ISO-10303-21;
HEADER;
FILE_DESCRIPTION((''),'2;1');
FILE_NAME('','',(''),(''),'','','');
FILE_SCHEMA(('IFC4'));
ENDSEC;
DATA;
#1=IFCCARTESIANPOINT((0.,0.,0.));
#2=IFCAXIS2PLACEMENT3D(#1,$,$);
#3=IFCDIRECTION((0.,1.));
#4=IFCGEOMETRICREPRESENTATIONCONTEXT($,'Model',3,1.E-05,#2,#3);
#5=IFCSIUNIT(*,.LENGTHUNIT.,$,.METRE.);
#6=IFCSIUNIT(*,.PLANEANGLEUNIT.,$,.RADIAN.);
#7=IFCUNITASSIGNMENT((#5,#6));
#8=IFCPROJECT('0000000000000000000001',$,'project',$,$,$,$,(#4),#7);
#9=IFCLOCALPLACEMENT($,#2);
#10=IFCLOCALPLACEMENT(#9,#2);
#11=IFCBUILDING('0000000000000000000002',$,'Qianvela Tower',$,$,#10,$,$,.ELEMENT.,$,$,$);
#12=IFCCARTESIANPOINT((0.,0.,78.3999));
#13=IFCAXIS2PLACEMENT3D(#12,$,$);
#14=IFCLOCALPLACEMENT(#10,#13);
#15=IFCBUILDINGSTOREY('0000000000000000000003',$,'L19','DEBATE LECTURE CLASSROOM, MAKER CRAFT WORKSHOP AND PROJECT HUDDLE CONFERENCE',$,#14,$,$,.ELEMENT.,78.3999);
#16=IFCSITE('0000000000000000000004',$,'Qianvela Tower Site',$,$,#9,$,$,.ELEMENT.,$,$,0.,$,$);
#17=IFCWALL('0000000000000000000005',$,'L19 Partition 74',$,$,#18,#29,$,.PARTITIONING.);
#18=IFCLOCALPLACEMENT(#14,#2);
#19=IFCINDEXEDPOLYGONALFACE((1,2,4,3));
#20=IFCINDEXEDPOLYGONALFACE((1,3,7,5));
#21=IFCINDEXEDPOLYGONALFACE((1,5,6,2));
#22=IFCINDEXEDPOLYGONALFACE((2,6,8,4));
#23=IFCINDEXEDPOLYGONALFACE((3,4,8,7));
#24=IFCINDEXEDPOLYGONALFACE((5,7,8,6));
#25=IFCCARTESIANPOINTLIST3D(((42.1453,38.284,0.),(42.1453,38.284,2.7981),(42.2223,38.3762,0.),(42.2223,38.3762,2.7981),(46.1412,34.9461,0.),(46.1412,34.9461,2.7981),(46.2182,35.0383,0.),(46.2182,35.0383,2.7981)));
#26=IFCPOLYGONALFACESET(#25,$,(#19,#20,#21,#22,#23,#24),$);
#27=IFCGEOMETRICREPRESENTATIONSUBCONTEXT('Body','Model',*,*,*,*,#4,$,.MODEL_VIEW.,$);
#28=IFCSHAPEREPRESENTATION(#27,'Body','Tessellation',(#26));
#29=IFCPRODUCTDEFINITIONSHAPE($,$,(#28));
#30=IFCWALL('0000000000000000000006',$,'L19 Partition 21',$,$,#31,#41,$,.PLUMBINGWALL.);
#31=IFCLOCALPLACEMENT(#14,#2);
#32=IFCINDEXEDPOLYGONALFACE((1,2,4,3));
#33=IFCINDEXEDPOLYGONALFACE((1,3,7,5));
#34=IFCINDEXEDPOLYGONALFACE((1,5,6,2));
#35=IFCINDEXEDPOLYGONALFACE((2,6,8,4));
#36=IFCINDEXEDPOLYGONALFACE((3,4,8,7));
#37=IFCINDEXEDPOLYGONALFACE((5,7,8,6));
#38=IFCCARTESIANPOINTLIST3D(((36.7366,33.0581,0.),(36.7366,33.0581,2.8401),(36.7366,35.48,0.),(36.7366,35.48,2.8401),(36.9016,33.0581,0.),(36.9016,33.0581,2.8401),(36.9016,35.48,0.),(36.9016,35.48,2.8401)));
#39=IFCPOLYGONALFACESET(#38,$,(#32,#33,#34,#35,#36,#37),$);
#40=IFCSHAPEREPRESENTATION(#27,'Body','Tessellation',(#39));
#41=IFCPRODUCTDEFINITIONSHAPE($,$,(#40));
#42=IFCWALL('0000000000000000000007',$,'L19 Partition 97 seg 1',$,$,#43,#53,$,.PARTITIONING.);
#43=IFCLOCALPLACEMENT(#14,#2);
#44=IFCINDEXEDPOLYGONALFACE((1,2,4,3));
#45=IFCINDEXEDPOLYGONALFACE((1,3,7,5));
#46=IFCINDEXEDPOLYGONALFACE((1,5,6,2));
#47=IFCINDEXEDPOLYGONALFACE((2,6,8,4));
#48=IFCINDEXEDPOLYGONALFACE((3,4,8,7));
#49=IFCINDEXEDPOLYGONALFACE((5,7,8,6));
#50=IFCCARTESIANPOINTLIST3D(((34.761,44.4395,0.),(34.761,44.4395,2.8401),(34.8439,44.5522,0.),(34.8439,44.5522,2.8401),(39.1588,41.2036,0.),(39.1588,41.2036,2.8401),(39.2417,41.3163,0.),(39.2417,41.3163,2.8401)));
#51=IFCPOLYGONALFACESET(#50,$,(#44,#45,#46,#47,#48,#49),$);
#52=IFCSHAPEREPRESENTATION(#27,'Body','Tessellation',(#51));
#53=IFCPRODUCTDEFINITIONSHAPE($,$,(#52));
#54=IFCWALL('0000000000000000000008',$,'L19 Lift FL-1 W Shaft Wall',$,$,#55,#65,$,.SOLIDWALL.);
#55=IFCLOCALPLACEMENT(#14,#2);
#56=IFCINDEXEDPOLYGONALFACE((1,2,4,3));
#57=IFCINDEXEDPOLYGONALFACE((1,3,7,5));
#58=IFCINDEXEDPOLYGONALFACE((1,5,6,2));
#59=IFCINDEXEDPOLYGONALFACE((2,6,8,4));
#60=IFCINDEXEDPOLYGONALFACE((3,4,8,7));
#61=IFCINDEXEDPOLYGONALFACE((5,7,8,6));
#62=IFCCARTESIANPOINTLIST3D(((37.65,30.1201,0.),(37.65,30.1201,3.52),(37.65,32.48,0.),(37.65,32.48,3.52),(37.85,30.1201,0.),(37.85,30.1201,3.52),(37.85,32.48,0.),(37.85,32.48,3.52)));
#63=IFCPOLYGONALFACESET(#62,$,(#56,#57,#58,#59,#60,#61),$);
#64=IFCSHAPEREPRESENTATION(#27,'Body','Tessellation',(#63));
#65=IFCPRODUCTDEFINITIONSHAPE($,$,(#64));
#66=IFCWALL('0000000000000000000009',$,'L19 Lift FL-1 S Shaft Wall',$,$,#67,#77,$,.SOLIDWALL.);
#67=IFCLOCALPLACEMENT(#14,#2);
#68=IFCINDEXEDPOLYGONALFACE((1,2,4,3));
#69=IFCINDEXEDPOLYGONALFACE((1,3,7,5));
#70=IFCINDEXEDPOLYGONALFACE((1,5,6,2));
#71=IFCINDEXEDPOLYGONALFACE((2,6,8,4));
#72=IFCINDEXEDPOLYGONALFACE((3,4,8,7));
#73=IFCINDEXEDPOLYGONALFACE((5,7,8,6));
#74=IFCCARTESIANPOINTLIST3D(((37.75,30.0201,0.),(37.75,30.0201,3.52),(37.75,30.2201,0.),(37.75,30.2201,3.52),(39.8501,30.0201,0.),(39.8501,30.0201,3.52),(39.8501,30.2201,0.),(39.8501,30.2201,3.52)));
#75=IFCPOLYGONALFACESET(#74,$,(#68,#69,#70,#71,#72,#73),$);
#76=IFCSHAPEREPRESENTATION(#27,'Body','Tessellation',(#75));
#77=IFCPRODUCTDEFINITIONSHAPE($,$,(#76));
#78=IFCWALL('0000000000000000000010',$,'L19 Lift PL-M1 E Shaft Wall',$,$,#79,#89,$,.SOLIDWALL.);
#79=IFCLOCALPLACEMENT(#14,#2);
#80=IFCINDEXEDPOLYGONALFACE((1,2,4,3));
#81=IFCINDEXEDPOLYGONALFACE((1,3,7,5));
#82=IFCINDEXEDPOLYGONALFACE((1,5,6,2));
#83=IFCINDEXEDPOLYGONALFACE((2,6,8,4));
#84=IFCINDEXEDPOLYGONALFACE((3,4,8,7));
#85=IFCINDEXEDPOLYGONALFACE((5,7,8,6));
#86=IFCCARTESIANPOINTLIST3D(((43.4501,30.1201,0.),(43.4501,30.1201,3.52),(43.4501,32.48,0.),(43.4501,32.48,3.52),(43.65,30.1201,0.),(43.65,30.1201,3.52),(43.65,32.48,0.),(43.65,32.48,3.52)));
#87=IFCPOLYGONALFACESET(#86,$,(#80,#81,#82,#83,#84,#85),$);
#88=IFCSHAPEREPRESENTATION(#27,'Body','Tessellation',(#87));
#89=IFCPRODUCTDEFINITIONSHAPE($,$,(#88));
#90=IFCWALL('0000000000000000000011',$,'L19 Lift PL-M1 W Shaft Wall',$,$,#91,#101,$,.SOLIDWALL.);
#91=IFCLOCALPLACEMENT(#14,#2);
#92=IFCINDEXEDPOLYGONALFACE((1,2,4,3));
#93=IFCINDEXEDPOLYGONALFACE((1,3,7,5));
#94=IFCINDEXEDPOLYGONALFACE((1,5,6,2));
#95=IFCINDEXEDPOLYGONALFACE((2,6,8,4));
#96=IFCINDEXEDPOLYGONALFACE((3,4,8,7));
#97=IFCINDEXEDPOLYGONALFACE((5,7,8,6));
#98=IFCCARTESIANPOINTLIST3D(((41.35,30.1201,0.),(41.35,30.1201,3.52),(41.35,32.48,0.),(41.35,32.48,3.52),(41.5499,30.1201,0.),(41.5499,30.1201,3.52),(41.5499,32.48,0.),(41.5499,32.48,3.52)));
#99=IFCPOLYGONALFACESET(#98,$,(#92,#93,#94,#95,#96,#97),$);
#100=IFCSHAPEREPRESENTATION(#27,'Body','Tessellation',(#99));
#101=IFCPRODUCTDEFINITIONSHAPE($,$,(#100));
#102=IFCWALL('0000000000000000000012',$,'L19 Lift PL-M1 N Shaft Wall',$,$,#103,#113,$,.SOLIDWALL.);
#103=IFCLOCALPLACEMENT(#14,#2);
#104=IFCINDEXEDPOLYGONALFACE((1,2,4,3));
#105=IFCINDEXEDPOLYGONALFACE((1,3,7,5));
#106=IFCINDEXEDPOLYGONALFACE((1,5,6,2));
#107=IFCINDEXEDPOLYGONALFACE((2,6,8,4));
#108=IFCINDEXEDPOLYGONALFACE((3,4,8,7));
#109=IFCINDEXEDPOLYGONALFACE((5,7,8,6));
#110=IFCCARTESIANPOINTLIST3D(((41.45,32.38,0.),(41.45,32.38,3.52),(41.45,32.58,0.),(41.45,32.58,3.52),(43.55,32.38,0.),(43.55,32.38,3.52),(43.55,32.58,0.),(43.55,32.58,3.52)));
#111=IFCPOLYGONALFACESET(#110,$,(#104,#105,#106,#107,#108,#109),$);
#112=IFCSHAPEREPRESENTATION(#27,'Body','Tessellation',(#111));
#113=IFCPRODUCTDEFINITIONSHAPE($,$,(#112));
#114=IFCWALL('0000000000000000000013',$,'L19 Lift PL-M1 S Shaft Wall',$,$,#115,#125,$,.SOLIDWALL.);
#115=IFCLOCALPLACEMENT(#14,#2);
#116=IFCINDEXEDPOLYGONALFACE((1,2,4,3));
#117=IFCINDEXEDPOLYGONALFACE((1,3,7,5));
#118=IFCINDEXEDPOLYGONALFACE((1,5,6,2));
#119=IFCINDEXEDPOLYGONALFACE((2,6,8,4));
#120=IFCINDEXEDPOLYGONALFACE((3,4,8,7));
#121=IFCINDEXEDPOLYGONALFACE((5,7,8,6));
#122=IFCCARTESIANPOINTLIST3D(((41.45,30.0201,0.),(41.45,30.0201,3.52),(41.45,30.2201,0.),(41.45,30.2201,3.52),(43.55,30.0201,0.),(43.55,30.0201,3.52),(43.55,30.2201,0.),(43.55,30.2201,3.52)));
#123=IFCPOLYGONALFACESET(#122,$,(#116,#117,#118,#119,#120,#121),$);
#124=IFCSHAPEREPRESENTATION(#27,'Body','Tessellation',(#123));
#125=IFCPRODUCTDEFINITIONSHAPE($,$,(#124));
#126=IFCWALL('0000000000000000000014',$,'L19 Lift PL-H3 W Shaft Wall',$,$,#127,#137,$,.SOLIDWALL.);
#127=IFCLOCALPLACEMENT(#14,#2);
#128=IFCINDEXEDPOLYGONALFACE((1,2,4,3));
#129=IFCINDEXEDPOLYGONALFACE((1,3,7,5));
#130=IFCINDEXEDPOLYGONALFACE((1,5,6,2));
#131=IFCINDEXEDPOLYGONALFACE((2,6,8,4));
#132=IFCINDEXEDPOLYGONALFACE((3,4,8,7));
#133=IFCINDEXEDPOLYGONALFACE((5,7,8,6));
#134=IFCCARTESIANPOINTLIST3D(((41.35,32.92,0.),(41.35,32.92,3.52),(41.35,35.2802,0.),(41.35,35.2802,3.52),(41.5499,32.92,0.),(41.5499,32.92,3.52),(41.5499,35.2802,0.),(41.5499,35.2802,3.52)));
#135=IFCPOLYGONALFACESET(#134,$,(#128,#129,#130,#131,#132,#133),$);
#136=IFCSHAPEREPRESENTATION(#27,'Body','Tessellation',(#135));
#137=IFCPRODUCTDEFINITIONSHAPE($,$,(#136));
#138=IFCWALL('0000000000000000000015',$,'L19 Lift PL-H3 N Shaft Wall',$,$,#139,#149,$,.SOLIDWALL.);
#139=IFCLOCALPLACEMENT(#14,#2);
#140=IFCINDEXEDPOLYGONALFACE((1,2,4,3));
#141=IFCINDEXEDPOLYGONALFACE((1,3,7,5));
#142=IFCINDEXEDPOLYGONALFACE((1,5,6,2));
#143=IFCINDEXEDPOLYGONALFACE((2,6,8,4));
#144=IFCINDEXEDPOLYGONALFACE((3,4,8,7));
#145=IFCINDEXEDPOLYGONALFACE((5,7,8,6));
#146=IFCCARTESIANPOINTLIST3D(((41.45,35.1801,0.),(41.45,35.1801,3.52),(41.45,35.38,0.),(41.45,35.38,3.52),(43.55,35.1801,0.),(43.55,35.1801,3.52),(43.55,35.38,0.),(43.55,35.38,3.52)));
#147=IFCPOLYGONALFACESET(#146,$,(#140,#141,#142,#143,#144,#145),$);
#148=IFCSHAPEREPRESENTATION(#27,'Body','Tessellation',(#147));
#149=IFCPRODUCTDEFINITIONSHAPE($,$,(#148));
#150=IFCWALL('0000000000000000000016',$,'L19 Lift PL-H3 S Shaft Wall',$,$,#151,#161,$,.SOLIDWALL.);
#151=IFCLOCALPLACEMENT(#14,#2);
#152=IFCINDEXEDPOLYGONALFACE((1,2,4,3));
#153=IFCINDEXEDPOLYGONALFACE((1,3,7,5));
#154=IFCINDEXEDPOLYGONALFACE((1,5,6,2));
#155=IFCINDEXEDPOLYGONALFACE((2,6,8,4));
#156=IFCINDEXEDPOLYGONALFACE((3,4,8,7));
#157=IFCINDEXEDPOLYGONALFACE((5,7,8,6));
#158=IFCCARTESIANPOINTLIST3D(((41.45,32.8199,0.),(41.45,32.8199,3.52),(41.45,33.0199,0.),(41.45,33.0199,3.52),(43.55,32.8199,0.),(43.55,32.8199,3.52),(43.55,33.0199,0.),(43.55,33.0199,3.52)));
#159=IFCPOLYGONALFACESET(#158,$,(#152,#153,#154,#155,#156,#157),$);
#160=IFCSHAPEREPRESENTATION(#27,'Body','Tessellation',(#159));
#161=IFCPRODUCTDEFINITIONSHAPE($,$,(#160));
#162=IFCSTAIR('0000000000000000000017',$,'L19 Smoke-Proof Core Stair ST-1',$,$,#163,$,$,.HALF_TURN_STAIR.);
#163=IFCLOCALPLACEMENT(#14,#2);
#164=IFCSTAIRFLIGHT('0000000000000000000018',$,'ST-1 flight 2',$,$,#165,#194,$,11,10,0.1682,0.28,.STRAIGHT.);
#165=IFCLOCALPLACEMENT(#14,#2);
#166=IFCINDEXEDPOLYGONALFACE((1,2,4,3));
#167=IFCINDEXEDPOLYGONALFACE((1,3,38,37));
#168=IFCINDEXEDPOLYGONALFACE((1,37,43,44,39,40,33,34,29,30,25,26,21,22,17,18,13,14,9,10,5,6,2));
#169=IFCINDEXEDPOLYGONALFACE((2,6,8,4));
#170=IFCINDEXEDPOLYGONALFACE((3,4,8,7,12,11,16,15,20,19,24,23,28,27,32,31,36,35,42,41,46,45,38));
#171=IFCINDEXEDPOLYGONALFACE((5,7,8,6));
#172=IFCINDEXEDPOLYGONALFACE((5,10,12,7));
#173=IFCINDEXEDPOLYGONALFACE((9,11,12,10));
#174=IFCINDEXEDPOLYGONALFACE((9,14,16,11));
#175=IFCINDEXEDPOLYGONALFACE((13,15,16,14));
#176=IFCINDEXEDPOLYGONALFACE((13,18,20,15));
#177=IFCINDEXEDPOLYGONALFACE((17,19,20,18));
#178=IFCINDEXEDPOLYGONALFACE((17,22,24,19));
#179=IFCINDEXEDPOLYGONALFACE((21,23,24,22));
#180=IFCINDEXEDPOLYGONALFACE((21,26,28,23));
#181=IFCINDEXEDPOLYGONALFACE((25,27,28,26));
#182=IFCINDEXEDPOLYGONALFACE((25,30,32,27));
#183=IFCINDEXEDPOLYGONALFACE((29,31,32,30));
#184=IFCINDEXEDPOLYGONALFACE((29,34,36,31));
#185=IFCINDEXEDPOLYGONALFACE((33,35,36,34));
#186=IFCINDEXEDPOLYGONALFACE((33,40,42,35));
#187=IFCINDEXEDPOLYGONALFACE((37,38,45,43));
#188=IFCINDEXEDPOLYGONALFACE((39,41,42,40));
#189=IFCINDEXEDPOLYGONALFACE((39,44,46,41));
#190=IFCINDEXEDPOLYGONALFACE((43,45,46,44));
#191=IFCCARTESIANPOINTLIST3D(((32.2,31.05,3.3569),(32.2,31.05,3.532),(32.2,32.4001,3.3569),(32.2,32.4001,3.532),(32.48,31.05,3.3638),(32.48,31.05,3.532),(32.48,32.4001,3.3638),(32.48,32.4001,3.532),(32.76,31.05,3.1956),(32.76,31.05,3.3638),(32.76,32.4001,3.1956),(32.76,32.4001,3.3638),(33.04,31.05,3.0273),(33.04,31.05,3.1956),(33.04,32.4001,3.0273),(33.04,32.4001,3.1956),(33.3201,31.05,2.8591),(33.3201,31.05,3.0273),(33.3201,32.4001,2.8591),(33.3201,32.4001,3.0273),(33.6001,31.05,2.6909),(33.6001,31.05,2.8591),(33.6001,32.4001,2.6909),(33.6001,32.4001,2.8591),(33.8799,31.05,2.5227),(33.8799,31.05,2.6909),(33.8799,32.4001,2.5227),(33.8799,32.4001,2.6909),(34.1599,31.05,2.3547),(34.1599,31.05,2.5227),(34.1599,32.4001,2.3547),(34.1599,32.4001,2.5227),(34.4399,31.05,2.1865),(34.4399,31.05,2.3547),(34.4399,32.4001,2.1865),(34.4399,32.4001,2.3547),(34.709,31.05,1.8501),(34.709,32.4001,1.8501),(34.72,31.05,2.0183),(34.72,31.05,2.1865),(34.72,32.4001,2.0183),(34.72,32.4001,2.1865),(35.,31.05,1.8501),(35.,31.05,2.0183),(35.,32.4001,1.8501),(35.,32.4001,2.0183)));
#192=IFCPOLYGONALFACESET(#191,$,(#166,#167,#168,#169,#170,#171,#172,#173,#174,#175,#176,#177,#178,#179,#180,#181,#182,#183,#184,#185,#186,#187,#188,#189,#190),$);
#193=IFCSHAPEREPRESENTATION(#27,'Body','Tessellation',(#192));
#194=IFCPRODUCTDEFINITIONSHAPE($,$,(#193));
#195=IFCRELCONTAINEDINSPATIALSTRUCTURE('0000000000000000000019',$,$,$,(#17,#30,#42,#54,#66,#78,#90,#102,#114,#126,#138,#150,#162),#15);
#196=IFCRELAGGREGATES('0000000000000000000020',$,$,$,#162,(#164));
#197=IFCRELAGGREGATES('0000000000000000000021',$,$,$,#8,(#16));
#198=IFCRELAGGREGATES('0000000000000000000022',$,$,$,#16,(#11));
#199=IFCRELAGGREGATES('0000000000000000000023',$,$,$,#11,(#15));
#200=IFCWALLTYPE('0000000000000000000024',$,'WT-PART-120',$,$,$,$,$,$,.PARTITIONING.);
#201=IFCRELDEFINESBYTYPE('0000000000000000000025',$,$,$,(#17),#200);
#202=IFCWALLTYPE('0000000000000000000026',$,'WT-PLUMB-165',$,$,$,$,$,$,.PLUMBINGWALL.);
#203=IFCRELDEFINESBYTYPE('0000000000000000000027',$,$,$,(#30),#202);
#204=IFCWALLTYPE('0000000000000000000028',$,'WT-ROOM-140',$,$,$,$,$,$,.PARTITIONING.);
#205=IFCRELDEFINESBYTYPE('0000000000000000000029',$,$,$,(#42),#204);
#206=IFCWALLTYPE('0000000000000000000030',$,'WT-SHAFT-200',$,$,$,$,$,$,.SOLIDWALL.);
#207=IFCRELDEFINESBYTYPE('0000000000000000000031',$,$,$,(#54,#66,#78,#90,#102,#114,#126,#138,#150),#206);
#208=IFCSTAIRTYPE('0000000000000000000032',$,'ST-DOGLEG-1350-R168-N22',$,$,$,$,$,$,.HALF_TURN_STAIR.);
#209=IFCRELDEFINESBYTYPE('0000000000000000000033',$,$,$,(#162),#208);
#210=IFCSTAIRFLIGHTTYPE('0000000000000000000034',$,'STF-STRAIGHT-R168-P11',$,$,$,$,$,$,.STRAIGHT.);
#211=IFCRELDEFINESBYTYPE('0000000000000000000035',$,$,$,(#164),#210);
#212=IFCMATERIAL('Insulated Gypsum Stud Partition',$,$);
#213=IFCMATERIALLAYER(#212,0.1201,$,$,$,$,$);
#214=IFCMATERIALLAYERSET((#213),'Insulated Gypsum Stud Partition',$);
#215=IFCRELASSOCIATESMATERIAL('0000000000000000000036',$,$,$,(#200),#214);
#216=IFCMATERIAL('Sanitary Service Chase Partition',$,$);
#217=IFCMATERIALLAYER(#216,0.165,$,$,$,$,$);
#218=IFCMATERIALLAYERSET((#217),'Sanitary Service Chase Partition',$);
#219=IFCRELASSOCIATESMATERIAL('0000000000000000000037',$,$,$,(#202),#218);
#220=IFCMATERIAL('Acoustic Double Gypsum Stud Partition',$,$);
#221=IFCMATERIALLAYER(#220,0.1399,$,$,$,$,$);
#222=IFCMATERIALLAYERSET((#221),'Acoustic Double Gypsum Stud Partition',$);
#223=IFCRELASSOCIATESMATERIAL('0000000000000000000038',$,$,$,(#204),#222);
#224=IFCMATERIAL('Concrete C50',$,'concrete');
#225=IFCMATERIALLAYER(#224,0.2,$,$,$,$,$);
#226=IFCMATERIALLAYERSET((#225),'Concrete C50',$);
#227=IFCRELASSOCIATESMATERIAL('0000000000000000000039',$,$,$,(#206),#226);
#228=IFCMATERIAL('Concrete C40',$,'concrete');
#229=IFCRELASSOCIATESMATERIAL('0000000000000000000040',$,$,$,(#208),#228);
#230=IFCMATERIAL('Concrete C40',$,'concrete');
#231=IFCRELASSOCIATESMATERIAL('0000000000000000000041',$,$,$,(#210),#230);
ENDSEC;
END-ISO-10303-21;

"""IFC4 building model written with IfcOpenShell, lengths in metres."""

from ifc_helpers import new_model, si_unit, direction, frame, frame_2d, origin, place, context, subcontext, project, spatial, polyline, rectangle, outline, extrude, material, layer, layer_set, type_object, element, aggregate, save


model = new_model("IFC4")

# Units and contexts
model_context = context("Model", 3, precision=1e-05, world=origin(), true_north=direction((0.0, 1.0)))
body_context = subcontext(model_context, "Body", "Model", "MODEL_VIEW")
ifc_project = project(units=[si_unit("LENGTHUNIT", "METRE"), si_unit("PLANEANGLEUNIT", "RADIAN")], contexts=[model_context])

# Site, building, storey
site_placement = place(None, origin())
site = spatial("IfcSite", under=ifc_project, at=site_placement, Name="Qianvela Tower Site", CompositionType="ELEMENT", RefElevation=0.0)
building_placement = place(site_placement, origin())
building = spatial("IfcBuilding", under=site, at=building_placement, Name="Qianvela Tower", CompositionType="ELEMENT")
storey_placement = place(building_placement, frame((0.0, 0.0, 78.3999)))
storey = spatial("IfcBuildingStorey", under=building, at=storey_placement, Name="L19", Description="DEBATE LECTURE CLASSROOM, MAKER CRAFT WORKSHOP AND PROJECT HUDDLE CONFERENCE", CompositionType="ELEMENT", Elevation=78.3999)

# Walls
ifc_material_1 = material(Name="Insulated Gypsum Stud Partition")
ifc_layer_1 = layer(ifc_material_1, 0.1201)
ifc_layer_set_1 = layer_set([ifc_layer_1], Name="Insulated Gypsum Stud Partition")
wall_type_1 = type_object("IfcWallType", Name="WT-PART-120", PredefinedType="PARTITIONING", material=ifc_layer_set_1)
wall_1_placement = place(storey_placement, frame((42.1838, 38.3301, 0.0), z_axis=(0.0, 0.0, 1.0), x_axis=(0.767464, -0.641093, 0.0)))
element("IfcWall", 1, at=wall_1_placement, inside=storey, type_object=wall_type_1, Name="L19 Partition 74", PredefinedType="PARTITIONING", context=body_context, shape_type="SweptSolid", body=[
    extrude(rectangle(XDim=5.2065, YDim=0.1201, at=frame_2d((2.6033, 0.0))), origin(), (0.0, 0.0, 1.0), 2.7981),
])
ifc_material_2 = material(Name="Sanitary Service Chase Partition")
ifc_layer_2 = layer(ifc_material_2, 0.165)
ifc_layer_set_2 = layer_set([ifc_layer_2], Name="Sanitary Service Chase Partition")
wall_type_2 = type_object("IfcWallType", Name="WT-PLUMB-165", PredefinedType="PLUMBINGWALL", material=ifc_layer_set_2)
wall_2_placement = place(storey_placement, frame((36.8191, 35.48, 0.0), z_axis=(0.0, 0.0, 1.0), x_axis=(0.0, -1.0, 0.0)))
element("IfcWall", 2, at=wall_2_placement, inside=storey, type_object=wall_type_2, Name="L19 Partition 21", PredefinedType="PLUMBINGWALL", context=body_context, shape_type="SweptSolid", body=[
    extrude(rectangle(XDim=2.4219, YDim=0.165, at=frame_2d((1.2109, 0.0))), origin(), (0.0, 0.0, 1.0), 2.8401),
])
ifc_material_3 = material(Name="Acoustic Double Gypsum Stud Partition")
ifc_layer_3 = layer(ifc_material_3, 0.1399)
ifc_layer_set_3 = layer_set([ifc_layer_3], Name="Acoustic Double Gypsum Stud Partition")
wall_type_3 = type_object("IfcWallType", Name="WT-ROOM-140", PredefinedType="PARTITIONING", material=ifc_layer_set_3)
wall_3_placement = place(storey_placement, frame((34.8025, 44.4958, 0.0), z_axis=(0.0, 0.0, 1.0), x_axis=(0.805456, -0.592656, 0.0)))
element("IfcWall", 3, at=wall_3_placement, inside=storey, type_object=wall_type_3, Name="L19 Partition 97 seg 1", PredefinedType="PARTITIONING", context=body_context, shape_type="SweptSolid", body=[
    extrude(rectangle(XDim=5.46, YDim=0.1399, at=frame_2d((2.73, 0.0))), origin(), (0.0, 0.0, 1.0), 2.8401),
])

# Shared definitions
ifc_material_4 = material(Name="Concrete C50", Category="concrete")
ifc_layer_4 = layer(ifc_material_4, 0.2)
ifc_layer_set_4 = layer_set([ifc_layer_4], Name="Concrete C50")
wall_type_4 = type_object("IfcWallType", Name="WT-SHAFT-200", PredefinedType="SOLIDWALL", material=ifc_layer_set_4)

# Walls
wall_4_placement = place(storey_placement, frame((37.75, 30.1201, 0.0), z_axis=(0.0, 0.0, 1.0), x_axis=(0.0, 1.0, 0.0)))
element("IfcWall", 4, at=wall_4_placement, inside=storey, type_object=wall_type_4, Name="L19 Lift FL-1 W Shaft Wall", PredefinedType="SOLIDWALL", context=body_context, shape_type="SweptSolid", body=[
    extrude(rectangle(XDim=2.3599, YDim=0.2, at=frame_2d((1.1799, 0.0))), origin(), (0.0, 0.0, 1.0), 3.52),
])
wall_5_placement = place(storey_placement, frame((37.75, 30.1201, 0.0), z_axis=(0.0, 0.0, 1.0), x_axis=(1.0, 0.0, 0.0)))
element("IfcWall", 5, at=wall_5_placement, inside=storey, type_object=wall_type_4, Name="L19 Lift FL-1 S Shaft Wall", PredefinedType="SOLIDWALL", context=body_context, shape_type="SweptSolid", body=[
    extrude(rectangle(XDim=2.1001, YDim=0.2, at=frame_2d((1.05, 0.0))), origin(), (0.0, 0.0, 1.0), 3.52),
])
for number, where, z_axis, x_axis, name in (
    (6, (43.55, 30.1201, 0.0), (0.0, 0.0, 1.0), (0.0, 1.0, 0.0), "L19 Lift PL-M1 E Shaft Wall"),
    (7, (41.45, 30.1201, 0.0), (0.0, 0.0, 1.0), (0.0, 1.0, 0.0), "L19 Lift PL-M1 W Shaft Wall"),
):
    element("IfcWall", number, at=place(storey_placement, frame(where, z_axis=z_axis, x_axis=x_axis)), inside=storey, type_object=wall_type_4, Name=name, PredefinedType="SOLIDWALL", context=body_context, shape_type="SweptSolid", body=[
        extrude(rectangle(XDim=2.3599, YDim=0.2, at=frame_2d((1.1799, 0.0))), origin(), (0.0, 0.0, 1.0), 3.52),
    ])
for number, where, z_axis, x_axis, name in (
    (8, (41.45, 32.48, 0.0), (0.0, 0.0, 1.0), (1.0, 0.0, 0.0), "L19 Lift PL-M1 N Shaft Wall"),
    (9, (41.45, 30.1201, 0.0), (0.0, 0.0, 1.0), (1.0, 0.0, 0.0), "L19 Lift PL-M1 S Shaft Wall"),
):
    element("IfcWall", number, at=place(storey_placement, frame(where, z_axis=z_axis, x_axis=x_axis)), inside=storey, type_object=wall_type_4, Name=name, PredefinedType="SOLIDWALL", context=body_context, shape_type="SweptSolid", body=[
        extrude(rectangle(XDim=2.1001, YDim=0.2, at=frame_2d((1.05, 0.0))), origin(), (0.0, 0.0, 1.0), 3.52),
    ])
wall_6_placement = place(storey_placement, frame((41.45, 32.9199, 0.0), z_axis=(0.0, 0.0, 1.0), x_axis=(0.0, 1.0, 0.0)))
element("IfcWall", 10, at=wall_6_placement, inside=storey, type_object=wall_type_4, Name="L19 Lift PL-H3 W Shaft Wall", PredefinedType="SOLIDWALL", context=body_context, shape_type="SweptSolid", body=[
    extrude(rectangle(XDim=2.3601, YDim=0.2, at=frame_2d((1.1802, 0.0))), origin(), (0.0, 0.0, 1.0), 3.52),
])
for number, where, z_axis, x_axis, name in (
    (11, (41.45, 35.28, 0.0), (0.0, 0.0, 1.0), (1.0, 0.0, 0.0), "L19 Lift PL-H3 N Shaft Wall"),
    (12, (41.45, 32.9199, 0.0), (0.0, 0.0, 1.0), (1.0, 0.0, 0.0), "L19 Lift PL-H3 S Shaft Wall"),
):
    element("IfcWall", number, at=place(storey_placement, frame(where, z_axis=z_axis, x_axis=x_axis)), inside=storey, type_object=wall_type_4, Name=name, PredefinedType="SOLIDWALL", context=body_context, shape_type="SweptSolid", body=[
        extrude(rectangle(XDim=2.1001, YDim=0.2, at=frame_2d((1.05, 0.0))), origin(), (0.0, 0.0, 1.0), 3.52),
    ])

# Stair, stair flight
ifc_material_5 = material(Name="Concrete C40", Category="concrete")
stair_type = type_object("IfcStairType", Name="ST-DOGLEG-1350-R168-N22", PredefinedType="HALF_TURN_STAIR", material=ifc_material_5)
stair_placement = place(storey_placement, origin())
stair = element("IfcStair", 13, at=stair_placement, inside=storey, type_object=stair_type, Name="L19 Smoke-Proof Core Stair ST-1", PredefinedType="HALF_TURN_STAIR")
ifc_material_6 = material(Name="Concrete C40", Category="concrete")
stair_flight_type = type_object("IfcStairFlightType", Name="STF-STRAIGHT-R168-P11", PredefinedType="STRAIGHT", material=ifc_material_6)
stair_flight_placement = place(storey_placement, frame((35.0, 31.7251, 1.8501), z_axis=(0.0, 0.0, 1.0), x_axis=(-1.0, 0.0, 0.0)))
stair_flight = element("IfcStairFlight", 14, at=stair_flight_placement, type_object=stair_flight_type, Name="ST-1 flight 2", NumberOfRisers=11, NumberOfTreads=10, PredefinedType="STRAIGHT", RiserHeight=0.1682, TreadLength=0.28, context=body_context, shape_type="SweptSolid", body=[
    extrude(outline(polyline([(0.0, 0.0), (0.0, 0.1682), (0.28, 0.1682), (0.28, 0.3364), (0.5601, 0.3364), (0.5601, 0.5046), (0.8401, 0.5046), (0.8401, 0.6726), (1.1201, 0.6726), (1.1201, 0.8408), (1.3999, 0.8408), (1.3999, 1.009), (1.6799, 1.009), (1.6799, 1.1772), (1.96, 1.1772), (1.96, 1.3455), (2.24, 1.3455), (2.24, 1.5137), (2.52, 1.5137), (2.52, 1.6819), (2.8, 1.6819), (2.8, 1.8501), (2.8, 1.5068), (0.291, 0.0), (0.0, 0.0)])), frame((0.0, 0.675, 0.0), z_axis=(0.0, -1.0, 0.0), x_axis=(1.0, 0.0, 0.0)), (0.0, 0.0, 1.0), 1.3501),
])
aggregate(stair, [stair_flight])

save(model, "model.ifc")
